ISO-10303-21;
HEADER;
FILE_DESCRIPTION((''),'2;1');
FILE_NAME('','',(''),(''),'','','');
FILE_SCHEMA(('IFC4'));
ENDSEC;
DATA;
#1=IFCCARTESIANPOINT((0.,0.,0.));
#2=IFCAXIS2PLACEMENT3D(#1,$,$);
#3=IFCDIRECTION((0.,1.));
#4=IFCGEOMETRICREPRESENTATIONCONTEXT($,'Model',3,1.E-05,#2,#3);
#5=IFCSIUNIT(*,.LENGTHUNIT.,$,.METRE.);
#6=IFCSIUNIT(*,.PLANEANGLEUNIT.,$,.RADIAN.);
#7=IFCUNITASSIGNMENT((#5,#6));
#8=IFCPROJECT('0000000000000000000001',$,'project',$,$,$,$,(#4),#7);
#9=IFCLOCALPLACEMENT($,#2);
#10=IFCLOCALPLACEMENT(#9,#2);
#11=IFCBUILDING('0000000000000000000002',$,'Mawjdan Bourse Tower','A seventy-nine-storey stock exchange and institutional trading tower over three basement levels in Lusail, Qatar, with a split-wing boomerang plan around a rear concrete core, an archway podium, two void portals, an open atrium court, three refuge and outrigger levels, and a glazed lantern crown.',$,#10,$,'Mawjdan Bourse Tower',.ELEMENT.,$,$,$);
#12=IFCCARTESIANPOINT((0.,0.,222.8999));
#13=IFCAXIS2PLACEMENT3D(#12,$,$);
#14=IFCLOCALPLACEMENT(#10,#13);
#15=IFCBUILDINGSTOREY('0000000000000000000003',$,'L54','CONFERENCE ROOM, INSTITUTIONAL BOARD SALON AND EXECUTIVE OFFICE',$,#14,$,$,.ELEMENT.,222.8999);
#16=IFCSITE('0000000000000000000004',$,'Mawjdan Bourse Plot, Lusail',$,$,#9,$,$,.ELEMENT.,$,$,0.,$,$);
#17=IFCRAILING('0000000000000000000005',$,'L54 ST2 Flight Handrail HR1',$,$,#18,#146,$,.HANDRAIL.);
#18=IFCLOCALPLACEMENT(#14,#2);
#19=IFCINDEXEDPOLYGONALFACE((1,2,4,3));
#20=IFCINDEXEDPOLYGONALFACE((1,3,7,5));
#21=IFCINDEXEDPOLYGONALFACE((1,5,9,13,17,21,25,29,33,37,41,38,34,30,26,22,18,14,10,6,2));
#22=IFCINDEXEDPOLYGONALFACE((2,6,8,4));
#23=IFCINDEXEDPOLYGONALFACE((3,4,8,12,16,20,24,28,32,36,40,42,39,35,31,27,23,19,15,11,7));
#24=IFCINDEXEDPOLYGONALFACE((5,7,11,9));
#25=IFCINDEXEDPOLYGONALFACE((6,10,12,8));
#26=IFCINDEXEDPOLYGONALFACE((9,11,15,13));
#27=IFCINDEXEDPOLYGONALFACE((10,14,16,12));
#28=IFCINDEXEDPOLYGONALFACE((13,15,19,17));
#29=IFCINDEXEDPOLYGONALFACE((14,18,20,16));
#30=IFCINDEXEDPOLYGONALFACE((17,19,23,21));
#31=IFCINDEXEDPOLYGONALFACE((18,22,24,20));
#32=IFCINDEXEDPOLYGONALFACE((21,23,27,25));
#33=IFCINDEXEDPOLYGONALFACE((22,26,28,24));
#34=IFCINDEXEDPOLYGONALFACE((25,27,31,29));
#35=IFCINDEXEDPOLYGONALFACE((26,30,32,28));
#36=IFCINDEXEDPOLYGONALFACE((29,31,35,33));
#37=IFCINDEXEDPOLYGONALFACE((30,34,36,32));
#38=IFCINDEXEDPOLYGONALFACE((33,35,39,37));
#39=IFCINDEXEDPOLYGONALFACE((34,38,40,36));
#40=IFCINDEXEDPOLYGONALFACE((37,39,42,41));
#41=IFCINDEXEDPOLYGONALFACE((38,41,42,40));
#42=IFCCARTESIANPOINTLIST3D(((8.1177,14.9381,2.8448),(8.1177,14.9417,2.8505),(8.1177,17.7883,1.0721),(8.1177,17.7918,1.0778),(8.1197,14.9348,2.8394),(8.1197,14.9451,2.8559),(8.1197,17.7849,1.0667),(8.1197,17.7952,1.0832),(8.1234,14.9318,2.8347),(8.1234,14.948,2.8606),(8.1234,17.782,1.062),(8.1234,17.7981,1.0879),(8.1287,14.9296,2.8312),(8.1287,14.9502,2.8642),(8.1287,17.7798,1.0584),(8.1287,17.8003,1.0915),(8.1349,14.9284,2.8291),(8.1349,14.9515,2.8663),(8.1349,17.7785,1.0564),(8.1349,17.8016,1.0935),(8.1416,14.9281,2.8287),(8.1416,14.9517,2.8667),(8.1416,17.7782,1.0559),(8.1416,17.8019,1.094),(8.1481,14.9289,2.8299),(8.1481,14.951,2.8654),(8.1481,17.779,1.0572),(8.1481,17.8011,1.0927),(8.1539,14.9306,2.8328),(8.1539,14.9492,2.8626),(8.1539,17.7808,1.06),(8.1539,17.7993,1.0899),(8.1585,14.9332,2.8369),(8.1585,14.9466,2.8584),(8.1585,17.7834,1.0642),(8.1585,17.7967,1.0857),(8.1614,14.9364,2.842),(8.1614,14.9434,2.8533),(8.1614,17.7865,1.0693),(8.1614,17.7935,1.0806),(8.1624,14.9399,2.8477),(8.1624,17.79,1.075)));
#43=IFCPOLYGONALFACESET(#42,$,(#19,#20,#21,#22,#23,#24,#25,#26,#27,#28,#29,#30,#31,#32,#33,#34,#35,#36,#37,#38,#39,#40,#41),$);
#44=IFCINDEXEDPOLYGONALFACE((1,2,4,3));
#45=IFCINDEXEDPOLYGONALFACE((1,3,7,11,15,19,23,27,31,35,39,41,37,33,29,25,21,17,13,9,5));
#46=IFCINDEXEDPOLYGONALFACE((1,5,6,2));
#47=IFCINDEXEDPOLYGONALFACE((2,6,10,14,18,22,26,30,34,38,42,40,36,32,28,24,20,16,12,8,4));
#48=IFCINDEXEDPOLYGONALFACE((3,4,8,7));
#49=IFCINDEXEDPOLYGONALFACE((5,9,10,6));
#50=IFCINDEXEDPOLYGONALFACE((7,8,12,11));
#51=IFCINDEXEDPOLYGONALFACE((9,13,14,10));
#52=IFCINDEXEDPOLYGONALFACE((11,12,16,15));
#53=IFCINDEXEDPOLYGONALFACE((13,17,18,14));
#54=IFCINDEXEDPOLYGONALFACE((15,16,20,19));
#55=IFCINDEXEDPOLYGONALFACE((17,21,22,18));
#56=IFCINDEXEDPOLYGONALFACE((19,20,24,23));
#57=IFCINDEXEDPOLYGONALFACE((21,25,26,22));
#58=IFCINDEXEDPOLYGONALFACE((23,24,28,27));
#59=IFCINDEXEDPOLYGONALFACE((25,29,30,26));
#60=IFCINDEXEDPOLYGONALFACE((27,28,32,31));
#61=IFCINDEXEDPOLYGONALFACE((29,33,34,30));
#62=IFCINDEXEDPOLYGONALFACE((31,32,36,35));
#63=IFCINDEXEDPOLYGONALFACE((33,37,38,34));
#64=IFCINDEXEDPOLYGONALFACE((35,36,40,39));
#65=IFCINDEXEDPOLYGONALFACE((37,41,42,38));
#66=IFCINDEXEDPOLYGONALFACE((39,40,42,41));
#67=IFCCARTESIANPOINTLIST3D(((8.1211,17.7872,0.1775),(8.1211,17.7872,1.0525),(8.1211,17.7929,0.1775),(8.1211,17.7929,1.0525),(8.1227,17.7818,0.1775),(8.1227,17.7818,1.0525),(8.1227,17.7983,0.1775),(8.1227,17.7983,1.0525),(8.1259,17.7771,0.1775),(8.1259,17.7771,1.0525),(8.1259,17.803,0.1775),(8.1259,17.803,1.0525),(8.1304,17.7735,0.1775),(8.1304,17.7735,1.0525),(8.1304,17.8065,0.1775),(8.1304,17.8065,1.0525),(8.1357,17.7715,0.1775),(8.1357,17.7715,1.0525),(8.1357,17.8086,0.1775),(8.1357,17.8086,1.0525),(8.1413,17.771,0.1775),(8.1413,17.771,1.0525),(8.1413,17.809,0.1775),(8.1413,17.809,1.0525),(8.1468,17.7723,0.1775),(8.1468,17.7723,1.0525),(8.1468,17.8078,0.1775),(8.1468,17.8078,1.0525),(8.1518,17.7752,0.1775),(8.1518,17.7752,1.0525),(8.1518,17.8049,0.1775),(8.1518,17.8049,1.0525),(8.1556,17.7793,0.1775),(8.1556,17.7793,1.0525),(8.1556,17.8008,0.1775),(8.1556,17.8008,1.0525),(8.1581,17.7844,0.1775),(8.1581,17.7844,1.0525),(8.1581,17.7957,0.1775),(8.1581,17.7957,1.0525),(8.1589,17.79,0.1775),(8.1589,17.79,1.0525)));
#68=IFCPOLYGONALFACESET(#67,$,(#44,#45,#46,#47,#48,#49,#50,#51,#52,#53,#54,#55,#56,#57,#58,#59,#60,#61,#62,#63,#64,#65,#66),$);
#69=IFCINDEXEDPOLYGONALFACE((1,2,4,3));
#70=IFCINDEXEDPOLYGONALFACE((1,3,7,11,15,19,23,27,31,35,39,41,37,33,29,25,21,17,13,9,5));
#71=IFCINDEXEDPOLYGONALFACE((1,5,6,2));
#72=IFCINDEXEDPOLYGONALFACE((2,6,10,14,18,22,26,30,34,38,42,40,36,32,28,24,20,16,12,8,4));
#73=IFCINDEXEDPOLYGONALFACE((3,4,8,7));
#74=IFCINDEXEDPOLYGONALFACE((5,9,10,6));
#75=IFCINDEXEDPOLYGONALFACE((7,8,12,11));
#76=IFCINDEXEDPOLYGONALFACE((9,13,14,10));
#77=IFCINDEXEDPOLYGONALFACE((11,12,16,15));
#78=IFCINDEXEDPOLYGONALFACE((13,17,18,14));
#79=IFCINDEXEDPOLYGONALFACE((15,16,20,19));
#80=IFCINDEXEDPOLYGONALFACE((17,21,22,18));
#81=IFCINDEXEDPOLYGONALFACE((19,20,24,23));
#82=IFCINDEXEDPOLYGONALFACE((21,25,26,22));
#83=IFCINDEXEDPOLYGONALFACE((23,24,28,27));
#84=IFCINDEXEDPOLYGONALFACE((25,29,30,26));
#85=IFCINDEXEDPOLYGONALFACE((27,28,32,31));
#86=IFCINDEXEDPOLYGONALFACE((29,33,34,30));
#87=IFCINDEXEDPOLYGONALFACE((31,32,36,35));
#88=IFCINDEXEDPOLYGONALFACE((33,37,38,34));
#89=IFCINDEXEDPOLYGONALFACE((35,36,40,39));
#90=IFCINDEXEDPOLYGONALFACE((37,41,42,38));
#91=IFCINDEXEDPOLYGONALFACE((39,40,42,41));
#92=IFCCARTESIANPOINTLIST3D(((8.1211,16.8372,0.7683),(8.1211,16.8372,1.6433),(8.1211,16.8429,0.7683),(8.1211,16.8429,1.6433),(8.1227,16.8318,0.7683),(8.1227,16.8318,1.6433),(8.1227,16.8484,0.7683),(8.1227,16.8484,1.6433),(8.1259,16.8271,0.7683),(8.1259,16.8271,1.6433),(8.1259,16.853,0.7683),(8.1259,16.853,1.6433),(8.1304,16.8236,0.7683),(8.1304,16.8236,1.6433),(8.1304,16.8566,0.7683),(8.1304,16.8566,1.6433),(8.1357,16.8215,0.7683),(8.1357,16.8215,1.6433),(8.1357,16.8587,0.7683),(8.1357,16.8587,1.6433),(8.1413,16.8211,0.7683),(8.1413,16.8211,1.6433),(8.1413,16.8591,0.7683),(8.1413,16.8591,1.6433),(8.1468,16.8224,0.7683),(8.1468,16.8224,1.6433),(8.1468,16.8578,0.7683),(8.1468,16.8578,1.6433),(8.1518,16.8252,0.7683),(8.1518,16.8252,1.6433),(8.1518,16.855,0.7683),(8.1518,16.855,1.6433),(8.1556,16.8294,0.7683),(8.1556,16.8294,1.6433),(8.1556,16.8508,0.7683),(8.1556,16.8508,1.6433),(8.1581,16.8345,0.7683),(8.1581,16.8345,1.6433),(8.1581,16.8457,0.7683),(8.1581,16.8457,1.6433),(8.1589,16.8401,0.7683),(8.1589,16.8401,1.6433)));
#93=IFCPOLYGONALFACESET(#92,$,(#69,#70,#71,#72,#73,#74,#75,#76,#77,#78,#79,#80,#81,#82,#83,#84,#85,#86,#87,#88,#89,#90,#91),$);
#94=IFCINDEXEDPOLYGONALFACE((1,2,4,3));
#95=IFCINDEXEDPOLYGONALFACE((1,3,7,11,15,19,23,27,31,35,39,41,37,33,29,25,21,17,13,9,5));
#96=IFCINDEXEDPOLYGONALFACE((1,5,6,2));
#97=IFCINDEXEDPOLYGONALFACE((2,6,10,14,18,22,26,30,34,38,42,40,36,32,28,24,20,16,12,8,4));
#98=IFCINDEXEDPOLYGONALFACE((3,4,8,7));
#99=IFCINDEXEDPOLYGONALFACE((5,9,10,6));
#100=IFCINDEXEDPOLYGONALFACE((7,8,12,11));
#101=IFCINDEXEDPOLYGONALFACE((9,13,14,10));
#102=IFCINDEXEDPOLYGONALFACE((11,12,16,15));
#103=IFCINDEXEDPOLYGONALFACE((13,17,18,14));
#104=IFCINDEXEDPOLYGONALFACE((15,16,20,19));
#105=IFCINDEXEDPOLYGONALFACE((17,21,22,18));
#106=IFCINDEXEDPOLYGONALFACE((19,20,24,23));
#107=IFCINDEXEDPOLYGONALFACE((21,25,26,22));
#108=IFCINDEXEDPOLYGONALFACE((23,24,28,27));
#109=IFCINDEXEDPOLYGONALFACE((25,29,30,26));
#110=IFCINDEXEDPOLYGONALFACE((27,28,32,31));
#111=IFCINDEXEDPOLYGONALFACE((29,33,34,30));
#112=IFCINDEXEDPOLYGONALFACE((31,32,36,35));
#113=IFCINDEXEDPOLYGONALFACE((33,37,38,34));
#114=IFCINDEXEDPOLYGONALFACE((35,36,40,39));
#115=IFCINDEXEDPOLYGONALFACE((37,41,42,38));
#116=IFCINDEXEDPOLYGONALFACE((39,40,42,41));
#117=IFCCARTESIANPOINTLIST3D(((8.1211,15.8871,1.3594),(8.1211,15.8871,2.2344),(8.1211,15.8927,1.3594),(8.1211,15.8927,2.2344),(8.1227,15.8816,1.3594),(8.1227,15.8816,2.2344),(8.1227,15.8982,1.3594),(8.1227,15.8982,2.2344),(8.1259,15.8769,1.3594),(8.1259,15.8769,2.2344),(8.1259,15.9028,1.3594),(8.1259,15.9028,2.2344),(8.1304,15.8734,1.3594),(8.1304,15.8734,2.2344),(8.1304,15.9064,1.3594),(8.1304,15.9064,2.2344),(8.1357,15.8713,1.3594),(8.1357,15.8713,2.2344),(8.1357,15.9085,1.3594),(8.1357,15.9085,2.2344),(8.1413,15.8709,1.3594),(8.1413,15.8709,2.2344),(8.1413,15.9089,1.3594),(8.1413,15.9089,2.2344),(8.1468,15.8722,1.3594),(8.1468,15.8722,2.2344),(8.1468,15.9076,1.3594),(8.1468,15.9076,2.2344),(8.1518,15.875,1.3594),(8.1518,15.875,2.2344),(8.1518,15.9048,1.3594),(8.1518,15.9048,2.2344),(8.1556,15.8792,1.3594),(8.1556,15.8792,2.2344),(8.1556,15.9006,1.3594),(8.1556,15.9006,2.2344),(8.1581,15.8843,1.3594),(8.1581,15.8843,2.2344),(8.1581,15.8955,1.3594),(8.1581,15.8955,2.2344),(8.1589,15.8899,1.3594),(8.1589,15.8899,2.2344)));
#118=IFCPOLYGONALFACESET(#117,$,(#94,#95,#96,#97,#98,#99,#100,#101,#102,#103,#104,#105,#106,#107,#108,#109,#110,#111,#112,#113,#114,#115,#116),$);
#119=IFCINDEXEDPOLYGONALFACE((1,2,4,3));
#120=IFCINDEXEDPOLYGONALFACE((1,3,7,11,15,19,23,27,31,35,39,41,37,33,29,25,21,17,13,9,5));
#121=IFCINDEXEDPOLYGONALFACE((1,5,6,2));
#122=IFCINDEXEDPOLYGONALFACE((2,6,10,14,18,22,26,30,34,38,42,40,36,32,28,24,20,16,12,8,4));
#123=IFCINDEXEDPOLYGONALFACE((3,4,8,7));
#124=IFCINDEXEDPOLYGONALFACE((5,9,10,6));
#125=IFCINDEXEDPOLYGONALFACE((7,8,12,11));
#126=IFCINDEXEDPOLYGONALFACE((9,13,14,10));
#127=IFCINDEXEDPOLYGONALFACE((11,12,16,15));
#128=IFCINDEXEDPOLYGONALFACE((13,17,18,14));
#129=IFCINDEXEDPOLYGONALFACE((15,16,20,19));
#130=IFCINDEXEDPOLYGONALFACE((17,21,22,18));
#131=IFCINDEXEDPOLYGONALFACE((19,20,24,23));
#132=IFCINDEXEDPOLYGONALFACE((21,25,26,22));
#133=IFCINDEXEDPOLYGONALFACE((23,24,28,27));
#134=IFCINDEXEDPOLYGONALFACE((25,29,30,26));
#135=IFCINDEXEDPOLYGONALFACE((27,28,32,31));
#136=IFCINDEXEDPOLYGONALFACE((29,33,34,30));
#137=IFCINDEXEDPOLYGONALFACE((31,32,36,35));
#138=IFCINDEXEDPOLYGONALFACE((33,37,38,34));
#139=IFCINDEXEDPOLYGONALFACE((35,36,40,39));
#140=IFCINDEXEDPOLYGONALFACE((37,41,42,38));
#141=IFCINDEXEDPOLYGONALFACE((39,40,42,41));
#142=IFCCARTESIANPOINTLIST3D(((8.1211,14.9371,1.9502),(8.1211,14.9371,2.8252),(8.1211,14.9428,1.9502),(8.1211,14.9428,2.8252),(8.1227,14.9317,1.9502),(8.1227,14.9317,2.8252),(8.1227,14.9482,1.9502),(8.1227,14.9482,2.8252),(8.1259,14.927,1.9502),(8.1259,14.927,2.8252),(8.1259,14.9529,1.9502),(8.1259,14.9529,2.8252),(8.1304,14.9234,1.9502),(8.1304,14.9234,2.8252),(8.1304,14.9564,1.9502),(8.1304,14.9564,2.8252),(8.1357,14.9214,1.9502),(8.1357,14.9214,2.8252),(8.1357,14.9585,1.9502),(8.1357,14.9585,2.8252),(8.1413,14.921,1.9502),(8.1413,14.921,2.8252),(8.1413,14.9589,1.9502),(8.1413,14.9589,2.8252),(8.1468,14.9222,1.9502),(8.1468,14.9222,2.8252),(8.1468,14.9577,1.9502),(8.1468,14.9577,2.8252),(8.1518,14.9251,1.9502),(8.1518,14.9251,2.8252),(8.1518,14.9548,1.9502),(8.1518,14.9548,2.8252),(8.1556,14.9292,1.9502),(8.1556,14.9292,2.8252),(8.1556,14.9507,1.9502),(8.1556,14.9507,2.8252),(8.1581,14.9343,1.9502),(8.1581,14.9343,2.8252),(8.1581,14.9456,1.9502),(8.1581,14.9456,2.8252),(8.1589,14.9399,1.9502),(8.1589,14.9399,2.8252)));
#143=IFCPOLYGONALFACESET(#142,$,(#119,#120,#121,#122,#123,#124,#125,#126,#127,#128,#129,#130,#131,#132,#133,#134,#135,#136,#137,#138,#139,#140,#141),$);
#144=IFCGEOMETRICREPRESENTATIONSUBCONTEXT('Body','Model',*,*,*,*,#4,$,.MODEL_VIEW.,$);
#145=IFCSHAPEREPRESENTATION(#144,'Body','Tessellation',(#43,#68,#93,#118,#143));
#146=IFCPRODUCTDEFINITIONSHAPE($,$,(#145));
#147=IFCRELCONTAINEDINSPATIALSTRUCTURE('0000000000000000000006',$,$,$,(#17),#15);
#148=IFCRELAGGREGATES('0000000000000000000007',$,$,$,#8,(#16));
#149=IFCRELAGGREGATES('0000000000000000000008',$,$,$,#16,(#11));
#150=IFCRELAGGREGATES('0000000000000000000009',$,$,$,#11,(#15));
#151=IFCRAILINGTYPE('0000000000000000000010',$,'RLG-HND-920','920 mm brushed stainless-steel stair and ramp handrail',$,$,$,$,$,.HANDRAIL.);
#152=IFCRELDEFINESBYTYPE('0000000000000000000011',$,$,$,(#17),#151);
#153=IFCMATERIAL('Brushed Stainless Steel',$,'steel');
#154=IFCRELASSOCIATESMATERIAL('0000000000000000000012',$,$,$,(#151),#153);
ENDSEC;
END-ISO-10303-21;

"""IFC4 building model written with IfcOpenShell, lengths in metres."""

from ifc_helpers import new_model, si_unit, direction, frame, origin, origin_2d, place, context, subcontext, project, spatial, circle, extrude, material, type_object, element, save


model = new_model("IFC4")

# Units and contexts
model_context = context("Model", 3, precision=1e-05, world=origin(), true_north=direction((0.0, 1.0)))
body_context = subcontext(model_context, "Body", "Model", "MODEL_VIEW")
ifc_project = project(units=[si_unit("LENGTHUNIT", "METRE"), si_unit("PLANEANGLEUNIT", "RADIAN")], contexts=[model_context])

# Site, building, storey
site_placement = place(None, origin())
site = spatial("IfcSite", under=ifc_project, at=site_placement, Name="Mawjdan Bourse Plot, Lusail", CompositionType="ELEMENT", RefElevation=0.0)
building_placement = place(site_placement, origin())
building = spatial("IfcBuilding", under=site, at=building_placement, Name="Mawjdan Bourse Tower", Description="A seventy-nine-storey stock exchange and institutional trading tower over three basement levels in Lusail, Qatar, with a split-wing boomerang plan around a rear concrete core, an archway podium, two void portals, an open atrium court, three refuge and outrigger levels, and a glazed lantern crown.", LongName="Mawjdan Bourse Tower", CompositionType="ELEMENT")
storey_placement = place(building_placement, frame((0.0, 0.0, 222.8999)))
storey = spatial("IfcBuildingStorey", under=building, at=storey_placement, Name="L54", Description="CONFERENCE ROOM, INSTITUTIONAL BOARD SALON AND EXECUTIVE OFFICE", CompositionType="ELEMENT", Elevation=222.8999)

# Shared definitions
ifc_material_1 = material(Name="Brushed Stainless Steel", Category="steel")

# Railing
railing_type_1 = type_object("IfcRailingType", Name="RLG-HND-920", Description="920 mm brushed stainless-steel stair and ramp handrail", PredefinedType="HANDRAIL", material=ifc_material_1)
railing_1_placement = place(storey_placement, frame((8.1399, 17.79, 0.1775)))
element("IfcRailing", 1, at=railing_1_placement, inside=storey, type_object=railing_type_1, Name="L54 ST2 Flight Handrail HR1", PredefinedType="HANDRAIL", context=body_context, shape_type="SweptSolid", body=[
    extrude(circle(Radius=0.0225, at=origin_2d()), frame((0.0, 0.0, 0.8975), z_axis=(0.0, -0.849149, 0.528154), x_axis=(1.0, 0.0, 0.0)), (0.0, 0.0, 1.0), 3.3564),
    extrude(circle(Radius=0.019, at=origin_2d()), origin(), (0.0, 0.0, 1.0), 0.875),
    extrude(circle(Radius=0.019, at=origin_2d()), frame((0.0, -0.95, 0.5908)), (0.0, 0.0, 1.0), 0.875),
    extrude(circle(Radius=0.019, at=origin_2d()), frame((0.0, -1.9001, 1.1819)), (0.0, 0.0, 1.0), 0.875),
    extrude(circle(Radius=0.019, at=origin_2d()), frame((0.0, -2.8501, 1.7727)), (0.0, 0.0, 1.0), 0.875),
])

save(model, "model.ifc")
